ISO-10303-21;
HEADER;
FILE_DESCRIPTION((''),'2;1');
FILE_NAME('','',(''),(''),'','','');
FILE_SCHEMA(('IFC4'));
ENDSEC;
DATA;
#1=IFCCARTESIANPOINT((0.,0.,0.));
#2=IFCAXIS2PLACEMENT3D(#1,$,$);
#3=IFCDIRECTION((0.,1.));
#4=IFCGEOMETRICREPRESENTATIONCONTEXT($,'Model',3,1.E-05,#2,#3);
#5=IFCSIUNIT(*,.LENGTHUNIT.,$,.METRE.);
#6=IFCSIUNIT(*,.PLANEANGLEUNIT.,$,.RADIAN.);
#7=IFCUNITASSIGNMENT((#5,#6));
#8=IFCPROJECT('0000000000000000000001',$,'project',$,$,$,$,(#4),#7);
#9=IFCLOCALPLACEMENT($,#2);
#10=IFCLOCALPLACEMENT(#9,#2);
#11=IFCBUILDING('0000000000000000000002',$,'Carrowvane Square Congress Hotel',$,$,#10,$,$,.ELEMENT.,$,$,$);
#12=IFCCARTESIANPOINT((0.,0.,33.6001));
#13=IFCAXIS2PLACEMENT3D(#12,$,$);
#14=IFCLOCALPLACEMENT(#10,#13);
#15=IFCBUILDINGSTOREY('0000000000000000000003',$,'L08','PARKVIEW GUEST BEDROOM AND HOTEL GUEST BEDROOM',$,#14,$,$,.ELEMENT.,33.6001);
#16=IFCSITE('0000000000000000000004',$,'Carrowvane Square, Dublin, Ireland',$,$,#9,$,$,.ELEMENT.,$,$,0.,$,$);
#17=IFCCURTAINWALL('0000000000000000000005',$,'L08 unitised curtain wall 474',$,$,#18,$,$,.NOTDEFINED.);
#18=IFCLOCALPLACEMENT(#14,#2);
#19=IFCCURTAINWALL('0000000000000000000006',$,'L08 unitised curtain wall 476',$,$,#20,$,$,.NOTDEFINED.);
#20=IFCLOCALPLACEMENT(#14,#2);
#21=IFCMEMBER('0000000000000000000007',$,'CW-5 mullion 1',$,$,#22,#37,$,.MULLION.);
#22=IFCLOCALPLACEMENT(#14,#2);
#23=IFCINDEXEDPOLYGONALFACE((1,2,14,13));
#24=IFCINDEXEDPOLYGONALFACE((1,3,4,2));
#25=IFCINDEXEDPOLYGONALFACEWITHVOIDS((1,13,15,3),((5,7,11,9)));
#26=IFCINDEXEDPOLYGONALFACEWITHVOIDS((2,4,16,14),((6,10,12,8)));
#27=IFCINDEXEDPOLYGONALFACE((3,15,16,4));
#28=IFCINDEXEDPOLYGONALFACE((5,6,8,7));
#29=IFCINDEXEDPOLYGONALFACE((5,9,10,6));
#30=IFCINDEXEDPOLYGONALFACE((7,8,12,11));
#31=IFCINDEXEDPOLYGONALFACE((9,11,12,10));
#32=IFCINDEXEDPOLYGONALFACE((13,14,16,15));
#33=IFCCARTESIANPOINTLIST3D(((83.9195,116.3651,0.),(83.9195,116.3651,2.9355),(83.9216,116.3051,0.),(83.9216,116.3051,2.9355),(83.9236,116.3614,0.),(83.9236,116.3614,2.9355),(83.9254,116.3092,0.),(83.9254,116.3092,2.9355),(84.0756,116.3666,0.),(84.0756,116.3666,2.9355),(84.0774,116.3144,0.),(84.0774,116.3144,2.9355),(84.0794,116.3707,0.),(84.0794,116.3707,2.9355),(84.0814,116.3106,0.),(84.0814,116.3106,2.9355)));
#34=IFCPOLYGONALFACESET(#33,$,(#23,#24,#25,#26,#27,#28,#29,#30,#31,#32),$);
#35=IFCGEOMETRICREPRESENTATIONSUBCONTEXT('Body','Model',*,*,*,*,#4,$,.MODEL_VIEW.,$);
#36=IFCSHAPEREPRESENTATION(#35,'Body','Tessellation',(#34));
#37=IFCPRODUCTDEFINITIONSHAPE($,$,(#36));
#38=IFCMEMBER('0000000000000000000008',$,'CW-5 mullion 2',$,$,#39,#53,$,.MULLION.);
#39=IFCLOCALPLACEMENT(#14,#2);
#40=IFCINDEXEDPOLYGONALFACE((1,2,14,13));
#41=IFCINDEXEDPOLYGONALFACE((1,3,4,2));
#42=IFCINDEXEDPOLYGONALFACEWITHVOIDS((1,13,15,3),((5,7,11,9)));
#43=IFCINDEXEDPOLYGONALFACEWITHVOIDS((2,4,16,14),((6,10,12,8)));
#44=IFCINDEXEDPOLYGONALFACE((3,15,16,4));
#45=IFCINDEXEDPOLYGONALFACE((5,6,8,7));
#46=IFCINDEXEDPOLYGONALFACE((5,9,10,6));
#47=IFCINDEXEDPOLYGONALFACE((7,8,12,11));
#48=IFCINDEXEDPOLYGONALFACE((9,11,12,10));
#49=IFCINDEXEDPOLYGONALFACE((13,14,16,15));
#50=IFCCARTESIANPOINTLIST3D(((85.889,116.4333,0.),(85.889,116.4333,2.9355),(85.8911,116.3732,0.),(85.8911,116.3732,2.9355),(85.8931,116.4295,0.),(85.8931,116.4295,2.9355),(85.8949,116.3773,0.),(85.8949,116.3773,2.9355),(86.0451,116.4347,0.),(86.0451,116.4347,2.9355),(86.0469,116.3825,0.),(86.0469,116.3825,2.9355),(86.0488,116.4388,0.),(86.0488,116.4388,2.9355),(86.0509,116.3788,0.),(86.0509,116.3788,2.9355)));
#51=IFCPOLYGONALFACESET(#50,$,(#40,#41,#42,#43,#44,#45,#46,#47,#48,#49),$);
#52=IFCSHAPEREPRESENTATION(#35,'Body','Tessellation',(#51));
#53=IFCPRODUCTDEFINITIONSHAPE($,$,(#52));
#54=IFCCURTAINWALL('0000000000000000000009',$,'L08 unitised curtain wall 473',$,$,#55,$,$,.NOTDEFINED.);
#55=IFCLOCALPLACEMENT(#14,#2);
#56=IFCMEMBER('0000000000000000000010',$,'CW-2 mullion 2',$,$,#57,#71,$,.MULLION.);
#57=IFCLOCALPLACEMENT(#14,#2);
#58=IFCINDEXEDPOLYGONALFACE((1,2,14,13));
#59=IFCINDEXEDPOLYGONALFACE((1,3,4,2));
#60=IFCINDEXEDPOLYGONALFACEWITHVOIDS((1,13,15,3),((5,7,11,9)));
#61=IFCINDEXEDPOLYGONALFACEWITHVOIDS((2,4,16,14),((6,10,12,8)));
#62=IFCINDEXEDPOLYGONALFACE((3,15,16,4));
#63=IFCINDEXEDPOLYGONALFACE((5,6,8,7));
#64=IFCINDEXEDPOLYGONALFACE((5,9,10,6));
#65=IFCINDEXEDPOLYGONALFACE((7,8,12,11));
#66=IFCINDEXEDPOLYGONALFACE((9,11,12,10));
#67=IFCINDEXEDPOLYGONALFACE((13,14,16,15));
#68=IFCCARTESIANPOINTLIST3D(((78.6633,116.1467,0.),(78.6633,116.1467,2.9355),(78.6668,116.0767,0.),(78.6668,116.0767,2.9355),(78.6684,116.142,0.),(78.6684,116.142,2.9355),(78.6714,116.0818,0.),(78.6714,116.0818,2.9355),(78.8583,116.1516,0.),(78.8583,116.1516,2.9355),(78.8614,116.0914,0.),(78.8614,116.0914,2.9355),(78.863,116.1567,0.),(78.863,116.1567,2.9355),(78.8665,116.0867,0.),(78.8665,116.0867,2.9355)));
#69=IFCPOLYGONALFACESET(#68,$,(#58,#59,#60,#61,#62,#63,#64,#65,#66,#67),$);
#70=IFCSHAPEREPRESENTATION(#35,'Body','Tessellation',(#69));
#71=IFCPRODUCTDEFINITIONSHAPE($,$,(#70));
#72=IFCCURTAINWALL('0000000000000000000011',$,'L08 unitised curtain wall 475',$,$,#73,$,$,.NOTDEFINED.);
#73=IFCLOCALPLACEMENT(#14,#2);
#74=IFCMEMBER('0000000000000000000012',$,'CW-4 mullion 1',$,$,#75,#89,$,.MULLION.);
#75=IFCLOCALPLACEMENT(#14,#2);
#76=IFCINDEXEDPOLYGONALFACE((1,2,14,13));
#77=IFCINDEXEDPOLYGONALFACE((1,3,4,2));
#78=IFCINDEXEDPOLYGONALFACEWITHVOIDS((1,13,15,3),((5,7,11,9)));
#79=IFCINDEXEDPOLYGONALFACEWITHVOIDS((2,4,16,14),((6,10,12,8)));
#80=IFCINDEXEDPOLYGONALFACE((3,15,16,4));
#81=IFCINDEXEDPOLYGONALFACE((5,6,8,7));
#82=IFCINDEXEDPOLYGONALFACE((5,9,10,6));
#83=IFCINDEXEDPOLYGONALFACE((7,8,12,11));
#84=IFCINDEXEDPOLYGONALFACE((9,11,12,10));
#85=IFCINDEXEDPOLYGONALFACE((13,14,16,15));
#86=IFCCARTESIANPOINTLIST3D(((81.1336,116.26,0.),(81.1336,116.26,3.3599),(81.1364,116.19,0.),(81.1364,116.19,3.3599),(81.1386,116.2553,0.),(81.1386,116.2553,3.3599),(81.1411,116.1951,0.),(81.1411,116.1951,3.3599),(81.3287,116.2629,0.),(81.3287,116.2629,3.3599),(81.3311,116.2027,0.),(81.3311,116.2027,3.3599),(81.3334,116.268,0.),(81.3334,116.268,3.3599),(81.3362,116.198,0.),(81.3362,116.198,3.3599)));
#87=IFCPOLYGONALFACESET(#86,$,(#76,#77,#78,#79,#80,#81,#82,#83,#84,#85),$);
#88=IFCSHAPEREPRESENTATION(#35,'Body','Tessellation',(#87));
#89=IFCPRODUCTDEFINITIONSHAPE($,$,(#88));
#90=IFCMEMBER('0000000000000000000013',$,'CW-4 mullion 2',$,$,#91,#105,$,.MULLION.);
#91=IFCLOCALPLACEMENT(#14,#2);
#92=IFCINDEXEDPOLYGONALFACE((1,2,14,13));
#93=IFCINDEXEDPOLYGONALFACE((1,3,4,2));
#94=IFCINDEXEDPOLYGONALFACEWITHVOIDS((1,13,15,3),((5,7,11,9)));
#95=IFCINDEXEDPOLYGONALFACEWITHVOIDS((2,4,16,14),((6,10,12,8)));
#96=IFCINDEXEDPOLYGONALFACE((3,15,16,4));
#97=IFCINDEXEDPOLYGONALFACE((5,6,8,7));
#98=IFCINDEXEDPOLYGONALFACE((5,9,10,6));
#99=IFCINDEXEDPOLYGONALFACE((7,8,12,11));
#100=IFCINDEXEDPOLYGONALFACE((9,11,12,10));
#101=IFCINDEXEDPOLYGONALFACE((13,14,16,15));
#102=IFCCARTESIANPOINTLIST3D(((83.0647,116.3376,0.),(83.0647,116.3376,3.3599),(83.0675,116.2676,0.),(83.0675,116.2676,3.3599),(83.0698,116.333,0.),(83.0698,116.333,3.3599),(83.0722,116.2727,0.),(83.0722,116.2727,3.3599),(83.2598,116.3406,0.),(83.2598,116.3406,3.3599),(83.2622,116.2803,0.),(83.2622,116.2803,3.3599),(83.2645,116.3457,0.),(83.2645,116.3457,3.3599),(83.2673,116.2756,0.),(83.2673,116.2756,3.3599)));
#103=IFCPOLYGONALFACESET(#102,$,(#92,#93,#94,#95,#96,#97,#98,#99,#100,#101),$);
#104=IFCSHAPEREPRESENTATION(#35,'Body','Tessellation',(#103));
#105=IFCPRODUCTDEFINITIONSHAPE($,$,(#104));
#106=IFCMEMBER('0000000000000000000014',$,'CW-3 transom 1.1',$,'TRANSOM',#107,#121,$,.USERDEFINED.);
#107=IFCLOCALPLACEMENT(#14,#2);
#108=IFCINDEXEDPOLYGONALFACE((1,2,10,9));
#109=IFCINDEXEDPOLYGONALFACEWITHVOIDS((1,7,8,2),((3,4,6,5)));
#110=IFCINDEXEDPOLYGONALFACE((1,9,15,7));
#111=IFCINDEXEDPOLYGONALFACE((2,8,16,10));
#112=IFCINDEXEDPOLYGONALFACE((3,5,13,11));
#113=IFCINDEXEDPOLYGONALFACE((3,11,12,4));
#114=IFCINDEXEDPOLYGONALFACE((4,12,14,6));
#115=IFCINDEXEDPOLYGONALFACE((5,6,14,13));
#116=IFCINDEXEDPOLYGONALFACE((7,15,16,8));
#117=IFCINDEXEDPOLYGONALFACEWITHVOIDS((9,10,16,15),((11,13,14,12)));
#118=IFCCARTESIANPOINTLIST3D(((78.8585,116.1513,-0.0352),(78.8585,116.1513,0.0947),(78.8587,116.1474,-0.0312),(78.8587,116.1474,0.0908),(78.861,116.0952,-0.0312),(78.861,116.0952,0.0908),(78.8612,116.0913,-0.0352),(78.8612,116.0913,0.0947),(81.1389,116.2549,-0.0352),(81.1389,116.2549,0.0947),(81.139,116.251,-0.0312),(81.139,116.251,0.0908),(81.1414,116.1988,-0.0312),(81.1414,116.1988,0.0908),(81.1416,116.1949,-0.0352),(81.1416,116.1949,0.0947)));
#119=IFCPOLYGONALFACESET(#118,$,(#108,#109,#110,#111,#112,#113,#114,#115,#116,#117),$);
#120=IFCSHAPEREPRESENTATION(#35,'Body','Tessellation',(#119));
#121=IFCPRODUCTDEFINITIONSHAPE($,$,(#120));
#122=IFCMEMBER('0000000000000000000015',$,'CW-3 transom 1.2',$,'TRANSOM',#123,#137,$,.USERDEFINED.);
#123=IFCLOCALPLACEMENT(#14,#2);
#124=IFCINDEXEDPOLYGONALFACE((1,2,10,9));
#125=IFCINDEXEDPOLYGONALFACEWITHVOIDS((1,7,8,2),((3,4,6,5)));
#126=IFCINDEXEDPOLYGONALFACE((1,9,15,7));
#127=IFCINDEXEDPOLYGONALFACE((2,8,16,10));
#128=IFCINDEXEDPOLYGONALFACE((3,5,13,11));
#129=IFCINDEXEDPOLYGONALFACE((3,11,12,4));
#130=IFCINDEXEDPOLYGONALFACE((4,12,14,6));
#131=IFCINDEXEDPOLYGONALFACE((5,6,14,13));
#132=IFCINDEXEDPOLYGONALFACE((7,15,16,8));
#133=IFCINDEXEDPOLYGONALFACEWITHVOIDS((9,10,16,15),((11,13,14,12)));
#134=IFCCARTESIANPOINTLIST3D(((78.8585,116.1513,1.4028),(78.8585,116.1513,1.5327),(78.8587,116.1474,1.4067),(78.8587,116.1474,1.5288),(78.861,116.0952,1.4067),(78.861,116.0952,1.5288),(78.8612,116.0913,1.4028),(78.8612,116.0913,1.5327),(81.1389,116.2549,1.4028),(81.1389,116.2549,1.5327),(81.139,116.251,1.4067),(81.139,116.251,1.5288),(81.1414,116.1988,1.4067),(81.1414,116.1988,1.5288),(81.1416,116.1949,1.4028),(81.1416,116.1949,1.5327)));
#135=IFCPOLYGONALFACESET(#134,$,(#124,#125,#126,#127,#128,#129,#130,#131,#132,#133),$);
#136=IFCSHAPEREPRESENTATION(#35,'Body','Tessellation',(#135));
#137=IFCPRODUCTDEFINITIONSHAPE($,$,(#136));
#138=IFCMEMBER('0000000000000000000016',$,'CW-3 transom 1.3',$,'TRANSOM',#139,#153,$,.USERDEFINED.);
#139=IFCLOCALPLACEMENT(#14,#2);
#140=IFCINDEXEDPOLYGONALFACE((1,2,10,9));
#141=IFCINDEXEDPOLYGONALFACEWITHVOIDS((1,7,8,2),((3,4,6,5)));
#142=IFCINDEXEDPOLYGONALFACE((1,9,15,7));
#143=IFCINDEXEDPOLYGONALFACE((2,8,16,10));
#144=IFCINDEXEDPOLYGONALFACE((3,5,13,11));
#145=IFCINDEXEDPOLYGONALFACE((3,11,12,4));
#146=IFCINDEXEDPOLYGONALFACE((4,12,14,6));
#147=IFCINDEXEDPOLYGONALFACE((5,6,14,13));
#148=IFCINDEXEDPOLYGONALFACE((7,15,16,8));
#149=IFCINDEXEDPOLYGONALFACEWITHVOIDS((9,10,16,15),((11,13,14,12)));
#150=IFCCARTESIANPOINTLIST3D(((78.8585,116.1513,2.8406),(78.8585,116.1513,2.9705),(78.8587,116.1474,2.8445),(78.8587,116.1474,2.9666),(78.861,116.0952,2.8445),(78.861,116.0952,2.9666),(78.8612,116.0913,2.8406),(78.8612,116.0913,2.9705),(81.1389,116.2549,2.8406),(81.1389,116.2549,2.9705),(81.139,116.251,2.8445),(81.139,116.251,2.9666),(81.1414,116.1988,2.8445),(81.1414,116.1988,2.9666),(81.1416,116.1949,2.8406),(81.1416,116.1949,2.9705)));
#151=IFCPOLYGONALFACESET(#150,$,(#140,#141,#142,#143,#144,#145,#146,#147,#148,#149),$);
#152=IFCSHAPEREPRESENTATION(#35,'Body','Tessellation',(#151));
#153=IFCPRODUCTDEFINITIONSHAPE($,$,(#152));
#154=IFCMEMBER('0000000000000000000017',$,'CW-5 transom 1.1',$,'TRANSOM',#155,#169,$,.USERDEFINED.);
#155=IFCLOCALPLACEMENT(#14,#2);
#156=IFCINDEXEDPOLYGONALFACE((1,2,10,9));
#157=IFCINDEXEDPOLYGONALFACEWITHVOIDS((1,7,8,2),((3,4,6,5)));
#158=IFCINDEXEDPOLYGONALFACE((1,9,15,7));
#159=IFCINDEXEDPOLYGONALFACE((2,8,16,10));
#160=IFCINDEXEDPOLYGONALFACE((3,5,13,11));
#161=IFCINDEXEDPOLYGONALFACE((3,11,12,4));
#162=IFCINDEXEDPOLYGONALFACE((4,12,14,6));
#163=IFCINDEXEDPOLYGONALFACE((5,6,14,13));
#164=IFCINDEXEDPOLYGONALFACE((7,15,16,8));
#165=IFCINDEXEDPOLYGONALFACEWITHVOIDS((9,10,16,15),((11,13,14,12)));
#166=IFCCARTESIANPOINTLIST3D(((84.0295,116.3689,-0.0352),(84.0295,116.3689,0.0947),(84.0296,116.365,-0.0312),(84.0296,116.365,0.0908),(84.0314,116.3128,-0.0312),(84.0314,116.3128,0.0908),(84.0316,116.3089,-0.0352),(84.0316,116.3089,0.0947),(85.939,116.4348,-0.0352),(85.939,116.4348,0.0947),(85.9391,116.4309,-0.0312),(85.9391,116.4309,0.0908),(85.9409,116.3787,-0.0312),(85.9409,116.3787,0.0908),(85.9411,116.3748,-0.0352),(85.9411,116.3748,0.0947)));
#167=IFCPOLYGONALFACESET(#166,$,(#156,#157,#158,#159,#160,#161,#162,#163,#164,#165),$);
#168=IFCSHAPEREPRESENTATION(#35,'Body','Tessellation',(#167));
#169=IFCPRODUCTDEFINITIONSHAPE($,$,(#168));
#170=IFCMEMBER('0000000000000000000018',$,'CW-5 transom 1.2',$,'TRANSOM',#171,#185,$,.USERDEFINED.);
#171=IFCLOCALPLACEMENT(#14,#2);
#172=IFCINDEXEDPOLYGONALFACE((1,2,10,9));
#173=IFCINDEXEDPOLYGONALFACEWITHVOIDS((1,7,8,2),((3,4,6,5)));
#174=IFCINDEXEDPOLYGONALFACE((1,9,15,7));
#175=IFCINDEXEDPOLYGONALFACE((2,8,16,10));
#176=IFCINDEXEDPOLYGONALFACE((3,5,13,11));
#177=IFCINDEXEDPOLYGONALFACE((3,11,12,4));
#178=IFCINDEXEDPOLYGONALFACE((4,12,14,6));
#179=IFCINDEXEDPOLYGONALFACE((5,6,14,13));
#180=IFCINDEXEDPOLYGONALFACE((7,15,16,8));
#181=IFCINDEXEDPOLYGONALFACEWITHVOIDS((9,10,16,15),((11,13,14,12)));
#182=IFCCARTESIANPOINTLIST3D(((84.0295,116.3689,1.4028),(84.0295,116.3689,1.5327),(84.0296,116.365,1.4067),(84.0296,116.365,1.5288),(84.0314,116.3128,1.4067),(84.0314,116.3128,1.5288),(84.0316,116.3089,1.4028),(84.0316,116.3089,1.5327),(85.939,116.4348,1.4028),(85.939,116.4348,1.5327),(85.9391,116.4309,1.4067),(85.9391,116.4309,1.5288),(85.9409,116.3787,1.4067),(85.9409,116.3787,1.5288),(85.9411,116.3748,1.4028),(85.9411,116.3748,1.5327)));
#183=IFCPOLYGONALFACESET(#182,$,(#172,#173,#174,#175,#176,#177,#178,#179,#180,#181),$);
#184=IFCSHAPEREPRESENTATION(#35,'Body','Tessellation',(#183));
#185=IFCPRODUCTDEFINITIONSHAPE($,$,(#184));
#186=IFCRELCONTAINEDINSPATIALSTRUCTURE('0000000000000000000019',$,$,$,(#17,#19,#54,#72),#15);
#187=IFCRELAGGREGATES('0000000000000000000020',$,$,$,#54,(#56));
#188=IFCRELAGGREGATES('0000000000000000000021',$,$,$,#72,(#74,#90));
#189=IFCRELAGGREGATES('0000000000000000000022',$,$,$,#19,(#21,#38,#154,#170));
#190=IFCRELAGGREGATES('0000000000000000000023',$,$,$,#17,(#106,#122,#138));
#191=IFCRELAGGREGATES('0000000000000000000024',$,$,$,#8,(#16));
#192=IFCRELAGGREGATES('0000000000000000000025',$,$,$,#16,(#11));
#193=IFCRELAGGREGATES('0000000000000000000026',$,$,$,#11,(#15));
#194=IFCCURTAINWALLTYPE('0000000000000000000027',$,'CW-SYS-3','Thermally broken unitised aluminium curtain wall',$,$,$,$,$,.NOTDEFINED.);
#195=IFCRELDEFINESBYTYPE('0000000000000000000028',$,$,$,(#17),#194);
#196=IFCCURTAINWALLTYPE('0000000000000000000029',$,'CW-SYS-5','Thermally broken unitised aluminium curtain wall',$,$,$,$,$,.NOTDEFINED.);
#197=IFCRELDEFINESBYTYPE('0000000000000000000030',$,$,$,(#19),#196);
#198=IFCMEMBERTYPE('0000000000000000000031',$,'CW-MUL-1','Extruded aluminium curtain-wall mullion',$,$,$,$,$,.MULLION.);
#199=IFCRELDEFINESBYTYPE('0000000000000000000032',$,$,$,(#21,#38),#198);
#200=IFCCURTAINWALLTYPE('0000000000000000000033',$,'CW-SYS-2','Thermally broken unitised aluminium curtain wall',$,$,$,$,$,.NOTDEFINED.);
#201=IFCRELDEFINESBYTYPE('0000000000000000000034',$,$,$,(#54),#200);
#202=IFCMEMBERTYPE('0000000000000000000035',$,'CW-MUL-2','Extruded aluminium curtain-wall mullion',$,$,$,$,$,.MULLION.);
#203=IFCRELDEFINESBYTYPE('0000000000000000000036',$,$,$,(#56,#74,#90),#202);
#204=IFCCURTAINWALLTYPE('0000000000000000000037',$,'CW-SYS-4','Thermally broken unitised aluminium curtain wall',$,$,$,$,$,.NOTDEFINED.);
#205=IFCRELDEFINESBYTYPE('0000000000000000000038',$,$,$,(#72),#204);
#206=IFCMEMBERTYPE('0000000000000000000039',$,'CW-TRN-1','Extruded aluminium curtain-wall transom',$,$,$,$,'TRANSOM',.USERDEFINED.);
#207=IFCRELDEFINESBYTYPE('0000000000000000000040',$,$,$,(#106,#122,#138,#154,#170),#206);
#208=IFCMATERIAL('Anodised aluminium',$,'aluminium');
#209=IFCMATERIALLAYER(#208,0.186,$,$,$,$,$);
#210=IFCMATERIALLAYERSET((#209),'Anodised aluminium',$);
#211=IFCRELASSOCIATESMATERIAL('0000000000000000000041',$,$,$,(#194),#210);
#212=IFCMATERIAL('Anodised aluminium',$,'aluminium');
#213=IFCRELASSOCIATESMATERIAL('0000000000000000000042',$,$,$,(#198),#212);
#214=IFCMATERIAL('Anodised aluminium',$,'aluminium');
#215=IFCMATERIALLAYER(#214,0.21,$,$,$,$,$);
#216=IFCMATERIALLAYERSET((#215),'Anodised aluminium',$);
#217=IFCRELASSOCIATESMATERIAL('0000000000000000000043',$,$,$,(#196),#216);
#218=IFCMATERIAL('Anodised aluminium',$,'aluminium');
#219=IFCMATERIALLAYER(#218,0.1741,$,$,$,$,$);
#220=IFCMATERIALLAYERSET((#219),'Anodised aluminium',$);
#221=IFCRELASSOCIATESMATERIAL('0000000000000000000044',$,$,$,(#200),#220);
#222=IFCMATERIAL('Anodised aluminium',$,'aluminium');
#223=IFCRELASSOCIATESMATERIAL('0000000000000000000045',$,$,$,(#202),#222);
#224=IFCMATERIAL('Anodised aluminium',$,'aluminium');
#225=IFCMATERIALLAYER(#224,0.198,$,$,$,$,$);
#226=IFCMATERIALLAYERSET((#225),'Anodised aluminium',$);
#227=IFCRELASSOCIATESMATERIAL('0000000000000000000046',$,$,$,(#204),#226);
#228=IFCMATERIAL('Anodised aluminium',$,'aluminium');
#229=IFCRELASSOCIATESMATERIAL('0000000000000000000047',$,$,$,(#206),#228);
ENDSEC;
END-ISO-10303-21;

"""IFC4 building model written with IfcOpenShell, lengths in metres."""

from ifc_helpers import new_model, si_unit, direction, frame, origin, origin_2d, place, context, subcontext, project, spatial, hollow_rectangle, extrude, material, layer, layer_set, material_profile, profile_set, type_object, element, aggregate, save


model = new_model("IFC4")

# Units and contexts
model_context = context("Model", 3, precision=1e-05, world=origin(), true_north=direction((0.0, 1.0)))
body_context = subcontext(model_context, "Body", "Model", "MODEL_VIEW")
ifc_project = project(units=[si_unit("LENGTHUNIT", "METRE"), si_unit("PLANEANGLEUNIT", "RADIAN")], contexts=[model_context])

# Site, building, storey
site_placement = place(None, origin())
site = spatial("IfcSite", under=ifc_project, at=site_placement, Name="Carrowvane Square, Dublin, Ireland", CompositionType="ELEMENT", RefElevation=0.0)
building_placement = place(site_placement, origin())
building = spatial("IfcBuilding", under=site, at=building_placement, Name="Carrowvane Square Congress Hotel", CompositionType="ELEMENT")
storey_placement = place(building_placement, frame((0.0, 0.0, 33.6001)))
storey = spatial("IfcBuildingStorey", under=building, at=storey_placement, Name="L08", Description="PARKVIEW GUEST BEDROOM AND HOTEL GUEST BEDROOM", CompositionType="ELEMENT", Elevation=33.6001)

# Curtain walls, members
ifc_material_1 = material(Name="Anodised aluminium", Category="aluminium")
ifc_layer_1 = layer(ifc_material_1, 0.186)
ifc_layer_set_1 = layer_set([ifc_layer_1], Name="Anodised aluminium")
curtain_wall_type_1 = type_object("IfcCurtainWallType", Name="CW-SYS-3", Description="Thermally broken unitised aluminium curtain wall", PredefinedType="NOTDEFINED", material=ifc_layer_set_1)
curtain_wall_1_placement = place(storey_placement, origin())
curtain_wall_1 = element("IfcCurtainWall", 1, at=curtain_wall_1_placement, inside=storey, type_object=curtain_wall_type_1, Name="L08 unitised curtain wall 474", PredefinedType="NOTDEFINED")
ifc_material_2 = material(Name="Anodised aluminium", Category="aluminium")
ifc_material_profile_1 = material_profile(ifc_material_2, hollow_rectangle(XDim=0.0601, YDim=0.1599, WallThickness=0.0039, at=origin_2d()), Name="CW-ML 60x160x4")
ifc_profile_set_1 = profile_set([ifc_material_profile_1], Name="Anodised aluminium")
member_type_1 = type_object("IfcMemberType", Name="CW-MUL-1", Description="Extruded aluminium curtain-wall mullion", PredefinedType="MULLION", material=ifc_profile_set_1)
ifc_material_3 = material(Name="Anodised aluminium", Category="aluminium")
ifc_layer_2 = layer(ifc_material_3, 0.21)
ifc_layer_set_2 = layer_set([ifc_layer_2], Name="Anodised aluminium")
curtain_wall_type_2 = type_object("IfcCurtainWallType", Name="CW-SYS-5", Description="Thermally broken unitised aluminium curtain wall", PredefinedType="NOTDEFINED", material=ifc_layer_set_2)
curtain_wall_2_placement = place(storey_placement, origin())
curtain_wall_2 = element("IfcCurtainWall", 2, at=curtain_wall_2_placement, inside=storey, type_object=curtain_wall_type_2, Name="L08 unitised curtain wall 476", PredefinedType="NOTDEFINED")
member_1_placement = place(storey_placement, frame((84.0005, 116.3379, 0.0), z_axis=(0.0, 0.0, 1.0), x_axis=(-0.034527, 0.999404, 0.0)))
member_1 = element("IfcMember", 3, at=member_1_placement, type_object=member_type_1, Name="CW-5 mullion 1", PredefinedType="MULLION", context=body_context, shape_type="SweptSolid", body=[
    extrude(hollow_rectangle(XDim=0.0601, YDim=0.1599, WallThickness=0.0039, at=origin_2d()), origin(), (0.0, 0.0, 1.0), 2.9355),
])
member_2_placement = place(storey_placement, frame((85.97, 116.406, 0.0), z_axis=(0.0, 0.0, 1.0), x_axis=(-0.034527, 0.999404, 0.0)))
member_2 = element("IfcMember", 4, at=member_2_placement, type_object=member_type_1, Name="CW-5 mullion 2", PredefinedType="MULLION", context=body_context, shape_type="SweptSolid", body=[
    extrude(hollow_rectangle(XDim=0.0601, YDim=0.1599, WallThickness=0.0039, at=origin_2d()), origin(), (0.0, 0.0, 1.0), 2.9355),
])

# Curtain wall, member
ifc_material_4 = material(Name="Anodised aluminium", Category="aluminium")
ifc_layer_3 = layer(ifc_material_4, 0.1741)
ifc_layer_set_3 = layer_set([ifc_layer_3], Name="Anodised aluminium")
curtain_wall_type_3 = type_object("IfcCurtainWallType", Name="CW-SYS-2", Description="Thermally broken unitised aluminium curtain wall", PredefinedType="NOTDEFINED", material=ifc_layer_set_3)
curtain_wall_3_placement = place(storey_placement, origin())
curtain_wall_3 = element("IfcCurtainWall", 5, at=curtain_wall_3_placement, inside=storey, type_object=curtain_wall_type_3, Name="L08 unitised curtain wall 473", PredefinedType="NOTDEFINED")
ifc_material_5 = material(Name="Anodised aluminium", Category="aluminium")
ifc_material_profile_2 = material_profile(ifc_material_5, hollow_rectangle(XDim=0.0701, YDim=0.2, WallThickness=0.0049, at=origin_2d()), Name="CW-ML 70x200x5")
ifc_profile_set_2 = profile_set([ifc_material_profile_2], Name="Anodised aluminium")
member_type_2 = type_object("IfcMemberType", Name="CW-MUL-2", Description="Extruded aluminium curtain-wall mullion", PredefinedType="MULLION", material=ifc_profile_set_2)
member_3_placement = place(storey_placement, frame((78.7649, 116.1167, 0.0), z_axis=(0.0, 0.0, 1.0), x_axis=(-0.050324, 0.998733, 0.0)))
member_3 = element("IfcMember", 6, at=member_3_placement, type_object=member_type_2, Name="CW-2 mullion 2", PredefinedType="MULLION", context=body_context, shape_type="SweptSolid", body=[
    extrude(hollow_rectangle(XDim=0.0701, YDim=0.2, WallThickness=0.0049, at=origin_2d()), origin(), (0.0, 0.0, 1.0), 2.9355),
])
aggregate(curtain_wall_3, [member_3])

# Curtain wall, members
ifc_material_6 = material(Name="Anodised aluminium", Category="aluminium")
ifc_layer_4 = layer(ifc_material_6, 0.198)
ifc_layer_set_4 = layer_set([ifc_layer_4], Name="Anodised aluminium")
curtain_wall_type_4 = type_object("IfcCurtainWallType", Name="CW-SYS-4", Description="Thermally broken unitised aluminium curtain wall", PredefinedType="NOTDEFINED", material=ifc_layer_set_4)
curtain_wall_4_placement = place(storey_placement, origin())
curtain_wall_4 = element("IfcCurtainWall", 7, at=curtain_wall_4_placement, inside=storey, type_object=curtain_wall_type_4, Name="L08 unitised curtain wall 475", PredefinedType="NOTDEFINED")
member_4_placement = place(storey_placement, frame((81.2349, 116.229, 0.0), z_axis=(0.0, 0.0, 1.0), x_axis=(-0.040136, 0.999194, 0.0)))
member_4 = element("IfcMember", 8, at=member_4_placement, type_object=member_type_2, Name="CW-4 mullion 1", PredefinedType="MULLION", context=body_context, shape_type="SweptSolid", body=[
    extrude(hollow_rectangle(XDim=0.0701, YDim=0.2, WallThickness=0.0049, at=origin_2d()), origin(), (0.0, 0.0, 1.0), 3.3599),
])
member_5_placement = place(storey_placement, frame((83.166, 116.3066, 0.0), z_axis=(0.0, 0.0, 1.0), x_axis=(-0.040136, 0.999194, 0.0)))
member_5 = element("IfcMember", 9, at=member_5_placement, type_object=member_type_2, Name="CW-4 mullion 2", PredefinedType="MULLION", context=body_context, shape_type="SweptSolid", body=[
    extrude(hollow_rectangle(XDim=0.0701, YDim=0.2, WallThickness=0.0049, at=origin_2d()), origin(), (0.0, 0.0, 1.0), 3.3599),
])

# Members
ifc_material_7 = material(Name="Anodised aluminium", Category="aluminium")
ifc_material_profile_3 = material_profile(ifc_material_7, hollow_rectangle(XDim=0.0601, YDim=0.1299, WallThickness=0.0039, at=origin_2d()), Name="CW-TR 60x130x4")
ifc_profile_set_3 = profile_set([ifc_material_profile_3], Name="Anodised aluminium")
member_type_3 = type_object("IfcMemberType", Name="CW-TRN-1", Description="Extruded aluminium curtain-wall transom", ElementType="TRANSOM", PredefinedType="USERDEFINED", material=ifc_profile_set_3)
member_6_placement = place(storey_placement, frame((78.8599, 116.1213, 0.0298), z_axis=(0.998971, 0.045349, 0.0), x_axis=(-0.045349, 0.998971, 0.0)))
member_6 = element("IfcMember", 10, at=member_6_placement, type_object=member_type_3, Name="CW-3 transom 1.1", ObjectType="TRANSOM", PredefinedType="USERDEFINED", context=body_context, shape_type="SweptSolid", body=[
    extrude(hollow_rectangle(XDim=0.0601, YDim=0.1299, WallThickness=0.0039, at=origin_2d()), origin(), (0.0, 0.0, 1.0), 2.2827),
])
member_7_placement = place(storey_placement, frame((78.8599, 116.1213, 1.4678), z_axis=(0.998971, 0.045349, 0.0), x_axis=(-0.045349, 0.998971, 0.0)))
member_7 = element("IfcMember", 11, at=member_7_placement, type_object=member_type_3, Name="CW-3 transom 1.2", ObjectType="TRANSOM", PredefinedType="USERDEFINED", context=body_context, shape_type="SweptSolid", body=[
    extrude(hollow_rectangle(XDim=0.0601, YDim=0.1299, WallThickness=0.0039, at=origin_2d()), origin(), (0.0, 0.0, 1.0), 2.2827),
])
member_8_placement = place(storey_placement, frame((78.8599, 116.1213, 2.9055), z_axis=(0.998971, 0.045349, 0.0), x_axis=(-0.045349, 0.998971, 0.0)))
member_8 = element("IfcMember", 12, at=member_8_placement, type_object=member_type_3, Name="CW-3 transom 1.3", ObjectType="TRANSOM", PredefinedType="USERDEFINED", context=body_context, shape_type="SweptSolid", body=[
    extrude(hollow_rectangle(XDim=0.0601, YDim=0.1299, WallThickness=0.0039, at=origin_2d()), origin(), (0.0, 0.0, 1.0), 2.2827),
])
member_9_placement = place(storey_placement, frame((84.0305, 116.3389, 0.0298), z_axis=(0.999405, 0.034502, 0.0), x_axis=(-0.034502, 0.999405, 0.0)))
member_9 = element("IfcMember", 13, at=member_9_placement, type_object=member_type_3, Name="CW-5 transom 1.1", ObjectType="TRANSOM", PredefinedType="USERDEFINED", context=body_context, shape_type="SweptSolid", body=[
    extrude(hollow_rectangle(XDim=0.0601, YDim=0.1299, WallThickness=0.0039, at=origin_2d()), origin(), (0.0, 0.0, 1.0), 1.9106),
])
member_10_placement = place(storey_placement, frame((84.0305, 116.3389, 1.4678), z_axis=(0.999405, 0.034502, 0.0), x_axis=(-0.034502, 0.999405, 0.0)))
member_10 = element("IfcMember", 14, at=member_10_placement, type_object=member_type_3, Name="CW-5 transom 1.2", ObjectType="TRANSOM", PredefinedType="USERDEFINED", context=body_context, shape_type="SweptSolid", body=[
    extrude(hollow_rectangle(XDim=0.0601, YDim=0.1299, WallThickness=0.0039, at=origin_2d()), origin(), (0.0, 0.0, 1.0), 1.9106),
])

aggregate(curtain_wall_4, [member_4, member_5])
aggregate(curtain_wall_2, [member_1, member_2, member_9, member_10])
aggregate(curtain_wall_1, [member_6, member_7, member_8])

save(model, "model.ifc")
